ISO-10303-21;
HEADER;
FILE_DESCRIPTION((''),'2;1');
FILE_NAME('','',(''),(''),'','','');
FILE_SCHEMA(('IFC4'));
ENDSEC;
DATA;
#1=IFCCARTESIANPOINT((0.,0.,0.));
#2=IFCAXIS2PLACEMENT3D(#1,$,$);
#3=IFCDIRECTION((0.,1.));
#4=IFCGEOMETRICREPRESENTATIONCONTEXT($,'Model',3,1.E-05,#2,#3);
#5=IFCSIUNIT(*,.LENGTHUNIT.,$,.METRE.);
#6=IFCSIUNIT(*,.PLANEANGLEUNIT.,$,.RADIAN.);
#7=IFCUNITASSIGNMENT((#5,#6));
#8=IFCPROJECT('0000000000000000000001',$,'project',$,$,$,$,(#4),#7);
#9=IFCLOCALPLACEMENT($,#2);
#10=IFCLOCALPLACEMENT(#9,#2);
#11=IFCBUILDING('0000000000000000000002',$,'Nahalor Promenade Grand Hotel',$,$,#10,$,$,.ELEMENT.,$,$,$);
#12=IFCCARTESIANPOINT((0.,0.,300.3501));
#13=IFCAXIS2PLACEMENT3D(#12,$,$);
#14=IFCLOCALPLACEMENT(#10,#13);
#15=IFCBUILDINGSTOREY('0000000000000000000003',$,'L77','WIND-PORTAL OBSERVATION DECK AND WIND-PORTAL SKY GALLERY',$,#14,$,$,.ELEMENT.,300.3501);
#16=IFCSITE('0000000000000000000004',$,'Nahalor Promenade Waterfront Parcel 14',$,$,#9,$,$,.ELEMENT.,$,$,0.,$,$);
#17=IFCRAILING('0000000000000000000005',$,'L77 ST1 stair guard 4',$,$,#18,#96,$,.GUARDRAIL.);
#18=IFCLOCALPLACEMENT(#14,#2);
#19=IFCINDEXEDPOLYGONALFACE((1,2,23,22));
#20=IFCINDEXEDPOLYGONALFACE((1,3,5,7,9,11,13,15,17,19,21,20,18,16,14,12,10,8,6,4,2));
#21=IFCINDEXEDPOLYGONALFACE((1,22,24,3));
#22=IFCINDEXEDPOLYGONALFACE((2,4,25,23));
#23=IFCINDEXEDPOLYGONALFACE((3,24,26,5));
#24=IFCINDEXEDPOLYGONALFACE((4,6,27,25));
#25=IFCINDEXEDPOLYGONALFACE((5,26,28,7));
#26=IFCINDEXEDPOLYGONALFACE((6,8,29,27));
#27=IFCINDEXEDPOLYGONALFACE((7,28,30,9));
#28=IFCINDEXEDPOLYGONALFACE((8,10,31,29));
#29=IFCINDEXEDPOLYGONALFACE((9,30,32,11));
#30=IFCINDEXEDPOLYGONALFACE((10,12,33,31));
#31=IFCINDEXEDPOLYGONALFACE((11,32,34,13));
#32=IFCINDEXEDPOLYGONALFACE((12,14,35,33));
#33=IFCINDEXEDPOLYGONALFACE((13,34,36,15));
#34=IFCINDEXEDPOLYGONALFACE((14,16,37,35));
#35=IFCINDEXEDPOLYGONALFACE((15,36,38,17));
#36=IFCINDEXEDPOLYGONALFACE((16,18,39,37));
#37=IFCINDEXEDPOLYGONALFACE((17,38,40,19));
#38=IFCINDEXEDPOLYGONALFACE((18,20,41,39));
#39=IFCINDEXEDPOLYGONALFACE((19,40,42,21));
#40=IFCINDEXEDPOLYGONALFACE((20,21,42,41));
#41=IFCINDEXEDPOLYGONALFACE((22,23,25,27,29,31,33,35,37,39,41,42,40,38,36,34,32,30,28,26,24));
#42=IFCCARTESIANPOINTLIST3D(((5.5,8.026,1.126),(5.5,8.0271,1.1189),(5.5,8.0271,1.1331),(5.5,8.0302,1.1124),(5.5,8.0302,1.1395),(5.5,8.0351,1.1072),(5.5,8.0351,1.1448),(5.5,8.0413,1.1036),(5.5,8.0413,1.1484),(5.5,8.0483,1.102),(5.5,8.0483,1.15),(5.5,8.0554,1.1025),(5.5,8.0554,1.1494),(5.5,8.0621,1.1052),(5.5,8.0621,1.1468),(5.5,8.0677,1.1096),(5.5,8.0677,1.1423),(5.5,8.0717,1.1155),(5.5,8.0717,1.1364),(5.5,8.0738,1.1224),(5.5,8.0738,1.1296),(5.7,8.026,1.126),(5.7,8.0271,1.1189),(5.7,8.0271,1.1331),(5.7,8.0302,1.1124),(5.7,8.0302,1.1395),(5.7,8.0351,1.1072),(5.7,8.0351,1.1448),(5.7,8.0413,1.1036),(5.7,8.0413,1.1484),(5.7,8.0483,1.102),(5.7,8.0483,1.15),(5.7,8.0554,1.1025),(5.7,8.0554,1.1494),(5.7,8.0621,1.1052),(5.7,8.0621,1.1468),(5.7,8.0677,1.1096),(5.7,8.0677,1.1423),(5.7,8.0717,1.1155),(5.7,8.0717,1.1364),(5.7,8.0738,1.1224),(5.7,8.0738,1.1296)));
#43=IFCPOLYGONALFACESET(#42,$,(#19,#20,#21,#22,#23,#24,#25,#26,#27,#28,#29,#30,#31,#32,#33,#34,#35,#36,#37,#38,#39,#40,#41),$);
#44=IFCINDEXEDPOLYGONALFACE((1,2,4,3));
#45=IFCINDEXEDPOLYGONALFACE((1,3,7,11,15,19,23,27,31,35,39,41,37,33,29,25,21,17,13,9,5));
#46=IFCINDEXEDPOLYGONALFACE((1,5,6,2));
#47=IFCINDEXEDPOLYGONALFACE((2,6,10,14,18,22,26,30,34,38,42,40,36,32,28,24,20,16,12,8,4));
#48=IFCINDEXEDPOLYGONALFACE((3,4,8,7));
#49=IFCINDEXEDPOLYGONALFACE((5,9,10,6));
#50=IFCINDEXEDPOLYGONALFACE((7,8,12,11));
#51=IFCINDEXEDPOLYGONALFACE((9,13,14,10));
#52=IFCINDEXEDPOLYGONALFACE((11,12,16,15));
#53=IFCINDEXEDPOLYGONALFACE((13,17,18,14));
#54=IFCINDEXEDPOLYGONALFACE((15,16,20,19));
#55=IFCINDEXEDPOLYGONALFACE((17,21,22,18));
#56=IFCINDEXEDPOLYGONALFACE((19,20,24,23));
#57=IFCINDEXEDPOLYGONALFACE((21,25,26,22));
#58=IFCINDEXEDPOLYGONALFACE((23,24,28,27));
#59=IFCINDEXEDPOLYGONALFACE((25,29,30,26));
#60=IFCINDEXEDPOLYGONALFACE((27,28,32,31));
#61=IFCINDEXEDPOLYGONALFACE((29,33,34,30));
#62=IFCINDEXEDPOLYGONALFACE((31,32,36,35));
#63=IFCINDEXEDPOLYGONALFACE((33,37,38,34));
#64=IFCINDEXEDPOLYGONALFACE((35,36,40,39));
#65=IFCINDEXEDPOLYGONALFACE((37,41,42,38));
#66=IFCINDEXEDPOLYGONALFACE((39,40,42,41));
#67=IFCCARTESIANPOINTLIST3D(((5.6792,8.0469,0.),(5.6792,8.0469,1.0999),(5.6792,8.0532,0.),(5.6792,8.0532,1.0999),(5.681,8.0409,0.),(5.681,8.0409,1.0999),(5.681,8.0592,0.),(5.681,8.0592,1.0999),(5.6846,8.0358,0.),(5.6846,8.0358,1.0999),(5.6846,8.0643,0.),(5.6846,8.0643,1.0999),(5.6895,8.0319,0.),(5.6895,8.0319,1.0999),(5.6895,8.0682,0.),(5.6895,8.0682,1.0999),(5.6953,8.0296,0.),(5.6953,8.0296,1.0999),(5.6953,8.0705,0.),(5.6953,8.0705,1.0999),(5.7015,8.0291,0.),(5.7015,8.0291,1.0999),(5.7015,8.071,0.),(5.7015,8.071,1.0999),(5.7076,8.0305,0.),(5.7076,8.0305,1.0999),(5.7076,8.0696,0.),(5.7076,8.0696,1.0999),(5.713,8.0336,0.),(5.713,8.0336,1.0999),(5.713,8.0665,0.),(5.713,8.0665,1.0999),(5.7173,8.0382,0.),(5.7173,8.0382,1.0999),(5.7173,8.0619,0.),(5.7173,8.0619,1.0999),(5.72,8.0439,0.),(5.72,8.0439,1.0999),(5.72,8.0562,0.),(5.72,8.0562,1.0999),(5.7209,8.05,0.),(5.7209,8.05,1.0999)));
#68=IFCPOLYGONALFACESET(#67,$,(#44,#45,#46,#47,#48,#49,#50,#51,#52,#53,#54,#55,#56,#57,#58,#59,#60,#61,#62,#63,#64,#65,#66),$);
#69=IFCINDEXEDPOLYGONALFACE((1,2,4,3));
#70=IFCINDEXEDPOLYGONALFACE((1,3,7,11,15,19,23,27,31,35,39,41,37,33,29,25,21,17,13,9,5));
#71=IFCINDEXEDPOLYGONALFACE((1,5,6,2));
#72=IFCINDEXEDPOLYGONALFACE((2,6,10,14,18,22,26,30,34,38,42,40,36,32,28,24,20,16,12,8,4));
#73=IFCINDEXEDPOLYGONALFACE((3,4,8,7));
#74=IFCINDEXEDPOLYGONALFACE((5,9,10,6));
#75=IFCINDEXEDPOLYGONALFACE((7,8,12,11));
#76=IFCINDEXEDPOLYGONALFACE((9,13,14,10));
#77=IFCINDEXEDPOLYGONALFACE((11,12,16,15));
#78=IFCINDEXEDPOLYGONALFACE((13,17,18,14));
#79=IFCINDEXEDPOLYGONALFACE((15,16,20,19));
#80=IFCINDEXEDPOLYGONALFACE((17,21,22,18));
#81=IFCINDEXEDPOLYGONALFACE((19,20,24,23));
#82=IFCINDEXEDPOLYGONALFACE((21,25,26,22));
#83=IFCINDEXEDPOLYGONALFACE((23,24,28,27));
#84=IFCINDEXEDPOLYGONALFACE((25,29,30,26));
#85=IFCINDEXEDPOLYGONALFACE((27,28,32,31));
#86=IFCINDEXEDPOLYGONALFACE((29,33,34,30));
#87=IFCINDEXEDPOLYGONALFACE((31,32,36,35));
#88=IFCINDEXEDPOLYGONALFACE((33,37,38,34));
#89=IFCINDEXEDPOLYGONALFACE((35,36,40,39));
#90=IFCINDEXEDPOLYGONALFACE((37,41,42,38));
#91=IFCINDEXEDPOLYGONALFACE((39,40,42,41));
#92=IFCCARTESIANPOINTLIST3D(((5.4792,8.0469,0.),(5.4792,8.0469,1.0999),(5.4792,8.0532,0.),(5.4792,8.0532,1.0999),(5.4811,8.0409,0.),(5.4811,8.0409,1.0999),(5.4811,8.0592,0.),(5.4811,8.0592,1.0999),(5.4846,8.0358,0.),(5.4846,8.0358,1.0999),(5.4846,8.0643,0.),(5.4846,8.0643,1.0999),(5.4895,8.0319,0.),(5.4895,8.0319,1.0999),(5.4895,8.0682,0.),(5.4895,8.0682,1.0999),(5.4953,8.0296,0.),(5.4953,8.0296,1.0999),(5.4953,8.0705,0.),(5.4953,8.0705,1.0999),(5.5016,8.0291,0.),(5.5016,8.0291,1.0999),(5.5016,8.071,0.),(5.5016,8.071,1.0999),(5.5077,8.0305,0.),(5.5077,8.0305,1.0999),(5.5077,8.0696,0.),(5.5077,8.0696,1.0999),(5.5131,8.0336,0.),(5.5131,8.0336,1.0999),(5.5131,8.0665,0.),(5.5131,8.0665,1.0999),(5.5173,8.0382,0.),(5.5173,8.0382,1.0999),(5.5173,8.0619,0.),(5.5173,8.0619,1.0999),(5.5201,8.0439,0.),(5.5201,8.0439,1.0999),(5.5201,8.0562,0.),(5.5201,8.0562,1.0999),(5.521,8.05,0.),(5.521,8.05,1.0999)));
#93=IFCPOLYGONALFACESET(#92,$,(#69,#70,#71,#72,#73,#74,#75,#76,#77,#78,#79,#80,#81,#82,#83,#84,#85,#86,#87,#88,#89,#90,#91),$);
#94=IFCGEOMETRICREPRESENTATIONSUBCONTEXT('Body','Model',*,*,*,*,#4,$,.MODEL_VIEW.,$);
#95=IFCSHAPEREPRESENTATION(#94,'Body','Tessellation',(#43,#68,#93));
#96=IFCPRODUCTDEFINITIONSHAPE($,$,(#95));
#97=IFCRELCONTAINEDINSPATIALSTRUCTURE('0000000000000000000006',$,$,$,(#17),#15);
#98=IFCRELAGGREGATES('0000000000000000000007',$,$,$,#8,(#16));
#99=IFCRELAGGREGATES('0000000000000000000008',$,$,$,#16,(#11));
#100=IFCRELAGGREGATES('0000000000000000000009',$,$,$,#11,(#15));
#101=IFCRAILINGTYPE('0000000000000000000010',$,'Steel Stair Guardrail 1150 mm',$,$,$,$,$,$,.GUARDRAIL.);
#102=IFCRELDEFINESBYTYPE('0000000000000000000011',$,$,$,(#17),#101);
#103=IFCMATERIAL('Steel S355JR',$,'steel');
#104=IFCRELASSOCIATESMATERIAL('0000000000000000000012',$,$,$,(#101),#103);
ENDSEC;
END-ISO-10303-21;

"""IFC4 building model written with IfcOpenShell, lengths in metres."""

from ifc_helpers import new_model, si_unit, direction, frame, origin, origin_2d, place, context, subcontext, project, spatial, circle, extrude, material, type_object, element, save


model = new_model("IFC4")

# Units and contexts
model_context = context("Model", 3, precision=1e-05, world=origin(), true_north=direction((0.0, 1.0)))
body_context = subcontext(model_context, "Body", "Model", "MODEL_VIEW")
ifc_project = project(units=[si_unit("LENGTHUNIT", "METRE"), si_unit("PLANEANGLEUNIT", "RADIAN")], contexts=[model_context])

# Site, building, storey
site_placement = place(None, origin())
site = spatial("IfcSite", under=ifc_project, at=site_placement, Name="Nahalor Promenade Waterfront Parcel 14", CompositionType="ELEMENT", RefElevation=0.0)
building_placement = place(site_placement, origin())
building = spatial("IfcBuilding", under=site, at=building_placement, Name="Nahalor Promenade Grand Hotel", CompositionType="ELEMENT")
storey_placement = place(building_placement, frame((0.0, 0.0, 300.3501)))
storey = spatial("IfcBuildingStorey", under=building, at=storey_placement, Name="L77", Description="WIND-PORTAL OBSERVATION DECK AND WIND-PORTAL SKY GALLERY", CompositionType="ELEMENT", Elevation=300.3501)

# Shared definitions
ifc_material_1 = material(Name="Steel S355JR", Category="steel")

# Railing
railing_type_1 = type_object("IfcRailingType", Name="Steel Stair Guardrail 1150 mm", PredefinedType="GUARDRAIL", material=ifc_material_1)
railing_1_placement = place(storey_placement, frame((5.7, 8.05, 0.0)))
element("IfcRailing", 1, at=railing_1_placement, inside=storey, type_object=railing_type_1, Name="L77 ST1 stair guard 4", PredefinedType="GUARDRAIL", context=body_context, shape_type="SweptSolid", body=[
    extrude(circle(Radius=0.024, at=origin_2d()), frame((0.0, 0.0, 1.126), z_axis=(-1.0, 0.0, 0.0), x_axis=(0.0, -1.0, 0.0)), (0.0, 0.0, 1.0), 0.2),
    extrude(circle(Radius=0.021, at=origin_2d()), origin(), (0.0, 0.0, 1.0), 1.0999),
    extrude(circle(Radius=0.021, at=origin_2d()), frame((-0.2, 0.0, 0.0)), (0.0, 0.0, 1.0), 1.0999),
])

save(model, "model.ifc")
